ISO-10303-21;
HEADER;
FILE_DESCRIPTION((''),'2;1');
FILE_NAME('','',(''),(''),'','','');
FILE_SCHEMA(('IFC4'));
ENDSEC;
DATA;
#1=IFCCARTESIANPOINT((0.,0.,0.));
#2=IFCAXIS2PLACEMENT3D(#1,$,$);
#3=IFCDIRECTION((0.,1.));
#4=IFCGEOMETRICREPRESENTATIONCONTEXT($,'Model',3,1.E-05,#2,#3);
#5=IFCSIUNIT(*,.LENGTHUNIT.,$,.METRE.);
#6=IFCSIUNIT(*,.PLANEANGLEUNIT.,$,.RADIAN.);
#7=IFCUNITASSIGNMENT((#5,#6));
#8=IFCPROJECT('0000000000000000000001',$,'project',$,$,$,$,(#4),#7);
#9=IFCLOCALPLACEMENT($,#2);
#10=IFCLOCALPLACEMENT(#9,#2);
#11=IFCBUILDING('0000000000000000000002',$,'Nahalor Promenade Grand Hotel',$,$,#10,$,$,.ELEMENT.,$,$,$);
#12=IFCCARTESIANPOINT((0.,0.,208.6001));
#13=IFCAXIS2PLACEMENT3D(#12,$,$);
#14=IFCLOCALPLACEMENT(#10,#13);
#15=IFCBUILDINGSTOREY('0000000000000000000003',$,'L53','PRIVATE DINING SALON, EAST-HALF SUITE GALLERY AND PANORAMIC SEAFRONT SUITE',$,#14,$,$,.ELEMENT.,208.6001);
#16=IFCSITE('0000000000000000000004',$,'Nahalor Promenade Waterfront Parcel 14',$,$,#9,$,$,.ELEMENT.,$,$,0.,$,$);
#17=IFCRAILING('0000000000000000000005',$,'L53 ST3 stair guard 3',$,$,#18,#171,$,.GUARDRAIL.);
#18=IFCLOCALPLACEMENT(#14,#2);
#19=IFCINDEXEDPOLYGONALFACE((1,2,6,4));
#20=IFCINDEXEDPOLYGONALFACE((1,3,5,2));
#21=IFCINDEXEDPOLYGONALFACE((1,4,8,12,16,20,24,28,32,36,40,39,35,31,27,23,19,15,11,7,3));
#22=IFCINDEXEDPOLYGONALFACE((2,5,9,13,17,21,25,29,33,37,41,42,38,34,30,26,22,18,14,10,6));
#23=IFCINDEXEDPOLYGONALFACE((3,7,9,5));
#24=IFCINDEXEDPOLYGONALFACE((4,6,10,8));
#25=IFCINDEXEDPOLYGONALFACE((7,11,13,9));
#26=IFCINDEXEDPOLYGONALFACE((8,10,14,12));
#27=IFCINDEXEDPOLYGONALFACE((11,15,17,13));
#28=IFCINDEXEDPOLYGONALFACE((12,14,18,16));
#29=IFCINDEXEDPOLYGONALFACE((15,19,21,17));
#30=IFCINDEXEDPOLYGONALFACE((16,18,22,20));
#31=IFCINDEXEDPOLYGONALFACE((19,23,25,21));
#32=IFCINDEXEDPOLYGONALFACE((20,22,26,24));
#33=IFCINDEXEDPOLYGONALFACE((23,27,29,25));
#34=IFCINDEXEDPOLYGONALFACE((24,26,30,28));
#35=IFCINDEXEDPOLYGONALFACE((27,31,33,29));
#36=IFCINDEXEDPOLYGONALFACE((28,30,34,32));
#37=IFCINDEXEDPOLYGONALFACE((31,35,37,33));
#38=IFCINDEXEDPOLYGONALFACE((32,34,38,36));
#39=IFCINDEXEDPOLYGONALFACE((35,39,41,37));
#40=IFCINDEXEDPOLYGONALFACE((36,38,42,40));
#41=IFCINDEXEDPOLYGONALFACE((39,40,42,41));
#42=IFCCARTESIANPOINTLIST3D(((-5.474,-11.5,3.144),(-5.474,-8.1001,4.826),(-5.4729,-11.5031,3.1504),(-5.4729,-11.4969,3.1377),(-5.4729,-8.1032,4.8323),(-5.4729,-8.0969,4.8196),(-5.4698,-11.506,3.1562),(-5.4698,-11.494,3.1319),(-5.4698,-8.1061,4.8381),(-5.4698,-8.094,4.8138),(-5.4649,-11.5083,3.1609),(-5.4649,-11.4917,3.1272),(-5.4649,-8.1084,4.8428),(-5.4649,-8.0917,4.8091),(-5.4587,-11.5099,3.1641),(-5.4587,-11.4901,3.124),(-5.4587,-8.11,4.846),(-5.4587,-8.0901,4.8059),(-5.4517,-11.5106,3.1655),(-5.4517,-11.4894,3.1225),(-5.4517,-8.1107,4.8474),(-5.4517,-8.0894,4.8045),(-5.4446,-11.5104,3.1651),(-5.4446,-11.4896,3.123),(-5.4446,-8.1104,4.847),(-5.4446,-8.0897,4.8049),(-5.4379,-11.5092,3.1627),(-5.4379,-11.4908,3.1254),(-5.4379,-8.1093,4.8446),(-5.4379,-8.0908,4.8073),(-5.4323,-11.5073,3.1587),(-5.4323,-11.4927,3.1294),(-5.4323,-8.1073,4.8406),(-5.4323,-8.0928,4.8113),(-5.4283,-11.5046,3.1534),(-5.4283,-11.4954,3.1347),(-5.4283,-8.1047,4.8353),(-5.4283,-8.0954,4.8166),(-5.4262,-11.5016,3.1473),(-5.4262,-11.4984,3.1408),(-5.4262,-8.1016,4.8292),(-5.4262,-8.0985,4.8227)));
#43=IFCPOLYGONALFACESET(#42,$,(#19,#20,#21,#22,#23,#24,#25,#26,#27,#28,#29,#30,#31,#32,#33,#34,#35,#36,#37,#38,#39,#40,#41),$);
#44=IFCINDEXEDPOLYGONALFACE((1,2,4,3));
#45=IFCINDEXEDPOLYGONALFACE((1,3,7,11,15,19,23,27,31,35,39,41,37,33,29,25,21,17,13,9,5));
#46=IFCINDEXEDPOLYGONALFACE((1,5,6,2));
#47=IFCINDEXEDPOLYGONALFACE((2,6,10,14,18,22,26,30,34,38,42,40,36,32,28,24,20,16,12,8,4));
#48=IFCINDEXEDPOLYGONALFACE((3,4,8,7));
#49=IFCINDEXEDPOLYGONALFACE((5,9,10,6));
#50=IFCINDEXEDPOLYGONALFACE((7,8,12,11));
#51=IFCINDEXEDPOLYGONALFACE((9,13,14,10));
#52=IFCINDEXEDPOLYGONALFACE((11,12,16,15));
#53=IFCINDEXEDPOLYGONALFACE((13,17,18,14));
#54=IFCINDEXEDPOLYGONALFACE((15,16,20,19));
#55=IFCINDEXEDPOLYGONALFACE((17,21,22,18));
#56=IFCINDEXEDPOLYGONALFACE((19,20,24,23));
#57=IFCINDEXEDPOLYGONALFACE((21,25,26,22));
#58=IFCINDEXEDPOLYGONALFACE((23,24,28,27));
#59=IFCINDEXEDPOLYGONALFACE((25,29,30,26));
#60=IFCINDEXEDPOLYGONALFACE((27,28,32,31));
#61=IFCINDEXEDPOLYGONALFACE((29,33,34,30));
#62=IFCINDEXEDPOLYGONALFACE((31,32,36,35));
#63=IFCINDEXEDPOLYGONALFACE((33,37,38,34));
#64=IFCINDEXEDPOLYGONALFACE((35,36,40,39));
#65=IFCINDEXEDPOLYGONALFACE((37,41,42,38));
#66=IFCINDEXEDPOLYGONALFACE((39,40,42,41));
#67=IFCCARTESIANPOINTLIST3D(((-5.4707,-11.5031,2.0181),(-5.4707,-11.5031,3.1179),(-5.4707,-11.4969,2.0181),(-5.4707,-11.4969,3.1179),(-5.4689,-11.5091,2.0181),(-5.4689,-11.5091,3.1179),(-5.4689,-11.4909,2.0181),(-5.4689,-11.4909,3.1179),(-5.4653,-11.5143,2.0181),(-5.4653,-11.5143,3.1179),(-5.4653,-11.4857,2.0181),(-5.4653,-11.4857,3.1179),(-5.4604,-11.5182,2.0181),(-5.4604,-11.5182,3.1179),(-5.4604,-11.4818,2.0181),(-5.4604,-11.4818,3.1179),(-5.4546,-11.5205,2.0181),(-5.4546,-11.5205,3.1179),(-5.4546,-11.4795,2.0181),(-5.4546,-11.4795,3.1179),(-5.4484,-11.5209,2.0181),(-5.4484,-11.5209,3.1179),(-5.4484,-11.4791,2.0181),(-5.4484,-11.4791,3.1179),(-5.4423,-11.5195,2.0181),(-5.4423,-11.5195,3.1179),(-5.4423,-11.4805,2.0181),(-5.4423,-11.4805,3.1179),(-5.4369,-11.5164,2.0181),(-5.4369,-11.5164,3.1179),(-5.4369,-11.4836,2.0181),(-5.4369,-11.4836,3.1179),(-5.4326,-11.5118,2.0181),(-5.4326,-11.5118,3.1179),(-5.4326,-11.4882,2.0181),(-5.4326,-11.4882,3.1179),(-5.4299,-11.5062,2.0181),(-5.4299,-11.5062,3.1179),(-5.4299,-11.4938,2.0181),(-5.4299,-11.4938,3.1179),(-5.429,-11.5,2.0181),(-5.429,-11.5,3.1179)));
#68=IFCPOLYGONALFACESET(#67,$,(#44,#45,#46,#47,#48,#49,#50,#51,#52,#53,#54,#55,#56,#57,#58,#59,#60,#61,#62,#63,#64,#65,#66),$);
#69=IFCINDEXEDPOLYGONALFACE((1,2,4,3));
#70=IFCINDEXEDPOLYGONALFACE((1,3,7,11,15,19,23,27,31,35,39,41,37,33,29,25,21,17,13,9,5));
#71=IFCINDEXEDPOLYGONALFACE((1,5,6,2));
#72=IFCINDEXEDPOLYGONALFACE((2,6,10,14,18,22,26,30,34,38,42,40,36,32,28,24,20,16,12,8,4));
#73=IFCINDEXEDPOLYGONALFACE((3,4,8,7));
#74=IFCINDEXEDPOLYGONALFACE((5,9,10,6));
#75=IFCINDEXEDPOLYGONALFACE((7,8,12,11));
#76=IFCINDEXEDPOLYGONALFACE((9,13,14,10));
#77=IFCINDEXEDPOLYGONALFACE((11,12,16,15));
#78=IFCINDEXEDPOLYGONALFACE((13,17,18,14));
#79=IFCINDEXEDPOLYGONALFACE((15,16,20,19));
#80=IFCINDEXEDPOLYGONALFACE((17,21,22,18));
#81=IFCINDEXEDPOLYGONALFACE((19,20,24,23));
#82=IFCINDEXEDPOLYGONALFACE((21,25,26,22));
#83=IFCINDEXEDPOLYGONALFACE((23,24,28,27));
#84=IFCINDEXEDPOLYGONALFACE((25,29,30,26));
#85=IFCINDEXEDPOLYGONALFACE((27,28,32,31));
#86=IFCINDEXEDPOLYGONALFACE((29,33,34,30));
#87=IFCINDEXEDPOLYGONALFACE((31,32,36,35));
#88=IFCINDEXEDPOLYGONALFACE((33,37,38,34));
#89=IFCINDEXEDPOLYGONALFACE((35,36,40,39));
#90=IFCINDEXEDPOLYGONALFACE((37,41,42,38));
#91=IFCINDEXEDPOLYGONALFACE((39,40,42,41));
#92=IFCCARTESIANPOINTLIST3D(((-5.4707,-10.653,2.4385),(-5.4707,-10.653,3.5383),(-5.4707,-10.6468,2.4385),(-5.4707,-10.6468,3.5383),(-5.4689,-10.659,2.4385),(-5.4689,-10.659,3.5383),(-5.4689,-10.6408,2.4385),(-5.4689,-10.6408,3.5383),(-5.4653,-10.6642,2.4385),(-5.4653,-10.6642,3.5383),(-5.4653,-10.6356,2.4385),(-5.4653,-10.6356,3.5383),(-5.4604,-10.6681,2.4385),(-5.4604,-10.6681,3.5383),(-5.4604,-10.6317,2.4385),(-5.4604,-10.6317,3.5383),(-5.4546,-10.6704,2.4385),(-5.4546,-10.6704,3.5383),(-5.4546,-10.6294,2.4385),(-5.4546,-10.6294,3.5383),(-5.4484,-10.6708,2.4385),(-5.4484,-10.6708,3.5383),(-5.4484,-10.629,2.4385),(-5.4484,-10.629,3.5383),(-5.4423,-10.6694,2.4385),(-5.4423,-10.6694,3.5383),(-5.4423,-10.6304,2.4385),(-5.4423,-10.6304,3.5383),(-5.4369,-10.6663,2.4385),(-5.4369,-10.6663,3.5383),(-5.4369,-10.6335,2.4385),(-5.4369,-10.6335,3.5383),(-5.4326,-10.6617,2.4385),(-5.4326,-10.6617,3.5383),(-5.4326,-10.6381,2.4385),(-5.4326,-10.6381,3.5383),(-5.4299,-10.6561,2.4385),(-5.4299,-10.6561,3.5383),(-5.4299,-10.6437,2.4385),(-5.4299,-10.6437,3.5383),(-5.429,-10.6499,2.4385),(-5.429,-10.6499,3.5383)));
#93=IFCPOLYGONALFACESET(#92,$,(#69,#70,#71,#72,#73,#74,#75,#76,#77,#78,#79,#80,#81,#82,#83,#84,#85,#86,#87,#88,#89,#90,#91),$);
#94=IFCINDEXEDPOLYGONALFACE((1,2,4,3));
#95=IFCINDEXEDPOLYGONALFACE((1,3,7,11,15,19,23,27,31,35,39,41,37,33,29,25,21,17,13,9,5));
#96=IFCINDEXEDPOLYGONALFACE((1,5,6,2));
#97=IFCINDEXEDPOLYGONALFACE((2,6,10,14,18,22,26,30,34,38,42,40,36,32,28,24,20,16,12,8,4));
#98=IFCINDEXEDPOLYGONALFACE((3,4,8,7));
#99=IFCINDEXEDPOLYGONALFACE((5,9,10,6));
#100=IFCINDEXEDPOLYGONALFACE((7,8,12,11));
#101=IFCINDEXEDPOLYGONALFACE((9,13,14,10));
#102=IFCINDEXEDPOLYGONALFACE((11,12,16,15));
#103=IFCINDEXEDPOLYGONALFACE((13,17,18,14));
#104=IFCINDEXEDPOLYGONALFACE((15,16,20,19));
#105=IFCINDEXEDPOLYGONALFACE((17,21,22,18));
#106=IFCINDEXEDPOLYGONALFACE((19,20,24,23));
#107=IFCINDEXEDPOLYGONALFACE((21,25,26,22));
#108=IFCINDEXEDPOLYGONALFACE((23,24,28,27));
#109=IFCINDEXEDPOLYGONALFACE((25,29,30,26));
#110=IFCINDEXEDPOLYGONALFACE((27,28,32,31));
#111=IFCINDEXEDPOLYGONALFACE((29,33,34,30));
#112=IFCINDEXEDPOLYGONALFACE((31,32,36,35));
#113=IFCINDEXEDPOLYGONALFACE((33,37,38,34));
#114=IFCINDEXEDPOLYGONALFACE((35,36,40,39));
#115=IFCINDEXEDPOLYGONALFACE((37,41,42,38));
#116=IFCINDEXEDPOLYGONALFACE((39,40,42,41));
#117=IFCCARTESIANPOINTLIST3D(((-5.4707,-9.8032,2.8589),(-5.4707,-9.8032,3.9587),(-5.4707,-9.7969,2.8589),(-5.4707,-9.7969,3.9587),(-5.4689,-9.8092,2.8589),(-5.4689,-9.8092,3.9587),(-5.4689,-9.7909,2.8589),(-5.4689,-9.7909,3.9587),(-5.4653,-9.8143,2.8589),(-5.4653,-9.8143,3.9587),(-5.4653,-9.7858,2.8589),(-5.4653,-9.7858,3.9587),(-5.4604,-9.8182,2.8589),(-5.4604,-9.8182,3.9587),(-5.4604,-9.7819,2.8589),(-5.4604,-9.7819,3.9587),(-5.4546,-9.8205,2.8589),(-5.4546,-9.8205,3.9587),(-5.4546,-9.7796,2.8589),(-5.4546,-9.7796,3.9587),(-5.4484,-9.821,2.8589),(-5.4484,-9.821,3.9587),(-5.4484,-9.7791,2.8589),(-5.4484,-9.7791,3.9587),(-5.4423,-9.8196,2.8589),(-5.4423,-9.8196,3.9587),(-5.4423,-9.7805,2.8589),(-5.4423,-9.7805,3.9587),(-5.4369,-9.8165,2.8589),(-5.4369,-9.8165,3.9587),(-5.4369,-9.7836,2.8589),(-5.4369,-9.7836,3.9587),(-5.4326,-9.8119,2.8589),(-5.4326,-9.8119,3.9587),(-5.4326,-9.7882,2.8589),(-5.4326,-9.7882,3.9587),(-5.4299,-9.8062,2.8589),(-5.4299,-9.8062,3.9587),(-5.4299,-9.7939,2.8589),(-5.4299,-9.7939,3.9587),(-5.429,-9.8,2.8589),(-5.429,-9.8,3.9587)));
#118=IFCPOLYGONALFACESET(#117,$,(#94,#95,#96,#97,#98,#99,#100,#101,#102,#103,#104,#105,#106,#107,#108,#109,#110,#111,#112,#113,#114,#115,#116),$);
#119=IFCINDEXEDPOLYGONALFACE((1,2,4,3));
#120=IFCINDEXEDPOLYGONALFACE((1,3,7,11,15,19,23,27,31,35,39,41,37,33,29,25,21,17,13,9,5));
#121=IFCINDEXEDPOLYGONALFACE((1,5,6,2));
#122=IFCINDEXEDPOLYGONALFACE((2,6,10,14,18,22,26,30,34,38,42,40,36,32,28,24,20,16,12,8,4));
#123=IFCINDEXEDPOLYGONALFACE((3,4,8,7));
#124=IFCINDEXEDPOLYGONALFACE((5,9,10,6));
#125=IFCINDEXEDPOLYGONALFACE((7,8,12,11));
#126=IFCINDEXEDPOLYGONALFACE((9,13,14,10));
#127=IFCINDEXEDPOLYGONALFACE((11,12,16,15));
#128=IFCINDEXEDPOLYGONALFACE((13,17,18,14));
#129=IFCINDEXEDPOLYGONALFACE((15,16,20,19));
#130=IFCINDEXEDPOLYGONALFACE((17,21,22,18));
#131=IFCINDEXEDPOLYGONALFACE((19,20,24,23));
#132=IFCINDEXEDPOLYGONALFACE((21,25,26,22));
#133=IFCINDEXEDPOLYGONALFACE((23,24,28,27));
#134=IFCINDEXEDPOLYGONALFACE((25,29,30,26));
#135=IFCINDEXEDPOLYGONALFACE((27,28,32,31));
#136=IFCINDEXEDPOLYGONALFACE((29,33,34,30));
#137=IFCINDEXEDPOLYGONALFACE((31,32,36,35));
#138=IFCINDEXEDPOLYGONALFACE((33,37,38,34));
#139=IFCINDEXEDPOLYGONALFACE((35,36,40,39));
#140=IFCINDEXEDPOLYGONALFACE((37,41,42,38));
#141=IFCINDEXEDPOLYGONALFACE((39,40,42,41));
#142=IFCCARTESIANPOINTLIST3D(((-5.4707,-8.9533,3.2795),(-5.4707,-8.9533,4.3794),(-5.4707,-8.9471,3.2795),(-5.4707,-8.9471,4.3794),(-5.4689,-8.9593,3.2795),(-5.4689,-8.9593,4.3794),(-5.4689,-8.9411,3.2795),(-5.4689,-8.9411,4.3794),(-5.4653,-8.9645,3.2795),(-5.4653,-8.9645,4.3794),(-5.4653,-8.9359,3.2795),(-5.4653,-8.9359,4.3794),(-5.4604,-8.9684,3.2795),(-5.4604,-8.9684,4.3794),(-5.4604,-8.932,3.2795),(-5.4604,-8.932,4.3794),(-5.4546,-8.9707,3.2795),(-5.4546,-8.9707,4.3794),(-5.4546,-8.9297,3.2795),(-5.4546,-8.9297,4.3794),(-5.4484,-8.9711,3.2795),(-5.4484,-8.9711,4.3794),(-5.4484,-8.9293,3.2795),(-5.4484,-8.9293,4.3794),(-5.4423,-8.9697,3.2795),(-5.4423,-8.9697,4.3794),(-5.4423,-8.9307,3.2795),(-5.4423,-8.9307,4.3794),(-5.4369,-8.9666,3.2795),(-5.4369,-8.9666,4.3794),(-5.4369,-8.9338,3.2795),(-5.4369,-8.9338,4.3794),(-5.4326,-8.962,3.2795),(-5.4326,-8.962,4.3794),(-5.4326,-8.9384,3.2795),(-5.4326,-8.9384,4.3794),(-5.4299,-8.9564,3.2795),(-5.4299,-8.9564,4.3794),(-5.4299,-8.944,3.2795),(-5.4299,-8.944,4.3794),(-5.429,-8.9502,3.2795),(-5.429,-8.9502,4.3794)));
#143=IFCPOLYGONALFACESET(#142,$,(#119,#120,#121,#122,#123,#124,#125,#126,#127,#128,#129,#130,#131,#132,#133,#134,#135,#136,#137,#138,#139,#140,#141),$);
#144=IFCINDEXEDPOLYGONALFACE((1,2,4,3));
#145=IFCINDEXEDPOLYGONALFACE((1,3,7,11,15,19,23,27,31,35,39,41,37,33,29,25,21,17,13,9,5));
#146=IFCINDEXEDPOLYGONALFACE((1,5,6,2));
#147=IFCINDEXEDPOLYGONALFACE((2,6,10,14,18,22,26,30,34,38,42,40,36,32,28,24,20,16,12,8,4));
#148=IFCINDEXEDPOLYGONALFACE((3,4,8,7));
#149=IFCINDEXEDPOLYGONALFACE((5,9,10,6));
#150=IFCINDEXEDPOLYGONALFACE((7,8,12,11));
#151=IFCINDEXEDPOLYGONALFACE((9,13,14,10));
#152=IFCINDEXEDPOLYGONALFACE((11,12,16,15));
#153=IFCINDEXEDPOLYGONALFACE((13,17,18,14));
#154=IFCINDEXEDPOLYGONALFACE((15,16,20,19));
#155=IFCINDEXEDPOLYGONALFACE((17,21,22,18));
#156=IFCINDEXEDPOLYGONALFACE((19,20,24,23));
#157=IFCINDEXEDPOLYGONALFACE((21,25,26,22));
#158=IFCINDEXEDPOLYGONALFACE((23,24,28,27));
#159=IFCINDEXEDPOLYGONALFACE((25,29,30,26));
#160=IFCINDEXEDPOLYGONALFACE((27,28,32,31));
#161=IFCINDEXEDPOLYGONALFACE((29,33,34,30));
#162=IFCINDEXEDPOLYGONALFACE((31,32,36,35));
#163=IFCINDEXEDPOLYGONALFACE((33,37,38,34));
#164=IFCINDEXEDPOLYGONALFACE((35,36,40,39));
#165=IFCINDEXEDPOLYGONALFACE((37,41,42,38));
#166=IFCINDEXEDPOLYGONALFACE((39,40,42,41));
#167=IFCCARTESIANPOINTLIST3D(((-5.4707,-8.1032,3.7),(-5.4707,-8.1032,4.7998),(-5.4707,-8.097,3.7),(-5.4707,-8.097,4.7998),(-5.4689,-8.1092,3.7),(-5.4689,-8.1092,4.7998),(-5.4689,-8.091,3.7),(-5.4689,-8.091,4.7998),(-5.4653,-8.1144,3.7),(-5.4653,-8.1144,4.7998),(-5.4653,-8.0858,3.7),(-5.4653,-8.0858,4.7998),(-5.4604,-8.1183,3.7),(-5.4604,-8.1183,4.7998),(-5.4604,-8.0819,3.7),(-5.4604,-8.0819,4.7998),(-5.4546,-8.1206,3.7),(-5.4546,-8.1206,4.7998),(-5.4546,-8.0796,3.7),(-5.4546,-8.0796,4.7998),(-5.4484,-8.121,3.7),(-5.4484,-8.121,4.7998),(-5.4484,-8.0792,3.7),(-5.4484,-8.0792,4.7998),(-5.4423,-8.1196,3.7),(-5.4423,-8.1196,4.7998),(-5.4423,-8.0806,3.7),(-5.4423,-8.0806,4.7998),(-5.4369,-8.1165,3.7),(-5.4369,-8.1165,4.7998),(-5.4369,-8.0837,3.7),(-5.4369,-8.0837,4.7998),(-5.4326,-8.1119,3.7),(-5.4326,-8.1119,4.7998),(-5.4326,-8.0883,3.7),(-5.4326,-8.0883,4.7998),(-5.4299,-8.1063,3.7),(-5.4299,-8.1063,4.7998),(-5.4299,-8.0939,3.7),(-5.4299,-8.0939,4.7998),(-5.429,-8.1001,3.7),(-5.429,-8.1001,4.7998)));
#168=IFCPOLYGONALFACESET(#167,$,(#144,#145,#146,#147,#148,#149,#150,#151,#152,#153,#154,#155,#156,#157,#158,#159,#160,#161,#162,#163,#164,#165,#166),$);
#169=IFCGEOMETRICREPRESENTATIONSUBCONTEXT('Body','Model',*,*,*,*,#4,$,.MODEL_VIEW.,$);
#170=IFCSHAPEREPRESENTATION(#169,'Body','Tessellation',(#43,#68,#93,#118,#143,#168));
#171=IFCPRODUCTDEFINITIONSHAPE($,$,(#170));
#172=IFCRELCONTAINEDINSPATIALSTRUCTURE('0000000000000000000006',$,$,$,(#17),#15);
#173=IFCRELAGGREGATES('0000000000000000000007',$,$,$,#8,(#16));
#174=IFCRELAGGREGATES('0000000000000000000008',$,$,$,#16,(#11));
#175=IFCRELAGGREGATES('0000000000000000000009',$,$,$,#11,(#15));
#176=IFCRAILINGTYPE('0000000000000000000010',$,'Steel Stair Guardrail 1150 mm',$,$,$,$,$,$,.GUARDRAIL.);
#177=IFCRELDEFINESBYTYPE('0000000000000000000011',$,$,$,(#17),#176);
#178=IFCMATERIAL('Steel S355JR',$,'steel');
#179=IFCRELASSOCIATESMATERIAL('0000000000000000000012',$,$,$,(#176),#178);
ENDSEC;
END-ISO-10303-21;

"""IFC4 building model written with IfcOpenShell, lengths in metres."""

from ifc_helpers import new_model, si_unit, direction, frame, origin, origin_2d, place, context, subcontext, project, spatial, circle, extrude, material, type_object, element, save


model = new_model("IFC4")

# Units and contexts
model_context = context("Model", 3, precision=1e-05, world=origin(), true_north=direction((0.0, 1.0)))
body_context = subcontext(model_context, "Body", "Model", "MODEL_VIEW")
ifc_project = project(units=[si_unit("LENGTHUNIT", "METRE"), si_unit("PLANEANGLEUNIT", "RADIAN")], contexts=[model_context])

# Site, building, storey
site_placement = place(None, origin())
site = spatial("IfcSite", under=ifc_project, at=site_placement, Name="Nahalor Promenade Waterfront Parcel 14", CompositionType="ELEMENT", RefElevation=0.0)
building_placement = place(site_placement, origin())
building = spatial("IfcBuilding", under=site, at=building_placement, Name="Nahalor Promenade Grand Hotel", CompositionType="ELEMENT")
storey_placement = place(building_placement, frame((0.0, 0.0, 208.6001)))
storey = spatial("IfcBuildingStorey", under=building, at=storey_placement, Name="L53", Description="PRIVATE DINING SALON, EAST-HALF SUITE GALLERY AND PANORAMIC SEAFRONT SUITE", CompositionType="ELEMENT", Elevation=208.6001)

# Shared definitions
ifc_material_1 = material(Name="Steel S355JR", Category="steel")

# Railing
railing_type_1 = type_object("IfcRailingType", Name="Steel Stair Guardrail 1150 mm", PredefinedType="GUARDRAIL", material=ifc_material_1)
railing_1_placement = place(storey_placement, frame((-5.45, -11.5, 2.0181)))
element("IfcRailing", 1, at=railing_1_placement, inside=storey, type_object=railing_type_1, Name="L53 ST3 stair guard 3", PredefinedType="GUARDRAIL", context=body_context, shape_type="SweptSolid", body=[
    extrude(circle(Radius=0.024, at=origin_2d()), frame((0.0, 0.0, 1.126), z_axis=(0.0, 0.896324, 0.443399), x_axis=(-1.0, 0.0, 0.0)), (0.0, 0.0, 1.0), 3.7932),
    extrude(circle(Radius=0.021, at=origin_2d()), origin(), (0.0, 0.0, 1.0), 1.0999),
    extrude(circle(Radius=0.021, at=origin_2d()), frame((0.0, 0.8501, 0.4204)), (0.0, 0.0, 1.0), 1.0999),
    extrude(circle(Radius=0.021, at=origin_2d()), frame((0.0, 1.7, 0.8408)), (0.0, 0.0, 1.0), 1.0999),
    extrude(circle(Radius=0.021, at=origin_2d()), frame((0.0, 2.5498, 1.2615)), (0.0, 0.0, 1.0), 1.0999),
    extrude(circle(Radius=0.021, at=origin_2d()), frame((0.0, 3.3999, 1.6819)), (0.0, 0.0, 1.0), 1.0999),
])

save(model, "model.ifc")
